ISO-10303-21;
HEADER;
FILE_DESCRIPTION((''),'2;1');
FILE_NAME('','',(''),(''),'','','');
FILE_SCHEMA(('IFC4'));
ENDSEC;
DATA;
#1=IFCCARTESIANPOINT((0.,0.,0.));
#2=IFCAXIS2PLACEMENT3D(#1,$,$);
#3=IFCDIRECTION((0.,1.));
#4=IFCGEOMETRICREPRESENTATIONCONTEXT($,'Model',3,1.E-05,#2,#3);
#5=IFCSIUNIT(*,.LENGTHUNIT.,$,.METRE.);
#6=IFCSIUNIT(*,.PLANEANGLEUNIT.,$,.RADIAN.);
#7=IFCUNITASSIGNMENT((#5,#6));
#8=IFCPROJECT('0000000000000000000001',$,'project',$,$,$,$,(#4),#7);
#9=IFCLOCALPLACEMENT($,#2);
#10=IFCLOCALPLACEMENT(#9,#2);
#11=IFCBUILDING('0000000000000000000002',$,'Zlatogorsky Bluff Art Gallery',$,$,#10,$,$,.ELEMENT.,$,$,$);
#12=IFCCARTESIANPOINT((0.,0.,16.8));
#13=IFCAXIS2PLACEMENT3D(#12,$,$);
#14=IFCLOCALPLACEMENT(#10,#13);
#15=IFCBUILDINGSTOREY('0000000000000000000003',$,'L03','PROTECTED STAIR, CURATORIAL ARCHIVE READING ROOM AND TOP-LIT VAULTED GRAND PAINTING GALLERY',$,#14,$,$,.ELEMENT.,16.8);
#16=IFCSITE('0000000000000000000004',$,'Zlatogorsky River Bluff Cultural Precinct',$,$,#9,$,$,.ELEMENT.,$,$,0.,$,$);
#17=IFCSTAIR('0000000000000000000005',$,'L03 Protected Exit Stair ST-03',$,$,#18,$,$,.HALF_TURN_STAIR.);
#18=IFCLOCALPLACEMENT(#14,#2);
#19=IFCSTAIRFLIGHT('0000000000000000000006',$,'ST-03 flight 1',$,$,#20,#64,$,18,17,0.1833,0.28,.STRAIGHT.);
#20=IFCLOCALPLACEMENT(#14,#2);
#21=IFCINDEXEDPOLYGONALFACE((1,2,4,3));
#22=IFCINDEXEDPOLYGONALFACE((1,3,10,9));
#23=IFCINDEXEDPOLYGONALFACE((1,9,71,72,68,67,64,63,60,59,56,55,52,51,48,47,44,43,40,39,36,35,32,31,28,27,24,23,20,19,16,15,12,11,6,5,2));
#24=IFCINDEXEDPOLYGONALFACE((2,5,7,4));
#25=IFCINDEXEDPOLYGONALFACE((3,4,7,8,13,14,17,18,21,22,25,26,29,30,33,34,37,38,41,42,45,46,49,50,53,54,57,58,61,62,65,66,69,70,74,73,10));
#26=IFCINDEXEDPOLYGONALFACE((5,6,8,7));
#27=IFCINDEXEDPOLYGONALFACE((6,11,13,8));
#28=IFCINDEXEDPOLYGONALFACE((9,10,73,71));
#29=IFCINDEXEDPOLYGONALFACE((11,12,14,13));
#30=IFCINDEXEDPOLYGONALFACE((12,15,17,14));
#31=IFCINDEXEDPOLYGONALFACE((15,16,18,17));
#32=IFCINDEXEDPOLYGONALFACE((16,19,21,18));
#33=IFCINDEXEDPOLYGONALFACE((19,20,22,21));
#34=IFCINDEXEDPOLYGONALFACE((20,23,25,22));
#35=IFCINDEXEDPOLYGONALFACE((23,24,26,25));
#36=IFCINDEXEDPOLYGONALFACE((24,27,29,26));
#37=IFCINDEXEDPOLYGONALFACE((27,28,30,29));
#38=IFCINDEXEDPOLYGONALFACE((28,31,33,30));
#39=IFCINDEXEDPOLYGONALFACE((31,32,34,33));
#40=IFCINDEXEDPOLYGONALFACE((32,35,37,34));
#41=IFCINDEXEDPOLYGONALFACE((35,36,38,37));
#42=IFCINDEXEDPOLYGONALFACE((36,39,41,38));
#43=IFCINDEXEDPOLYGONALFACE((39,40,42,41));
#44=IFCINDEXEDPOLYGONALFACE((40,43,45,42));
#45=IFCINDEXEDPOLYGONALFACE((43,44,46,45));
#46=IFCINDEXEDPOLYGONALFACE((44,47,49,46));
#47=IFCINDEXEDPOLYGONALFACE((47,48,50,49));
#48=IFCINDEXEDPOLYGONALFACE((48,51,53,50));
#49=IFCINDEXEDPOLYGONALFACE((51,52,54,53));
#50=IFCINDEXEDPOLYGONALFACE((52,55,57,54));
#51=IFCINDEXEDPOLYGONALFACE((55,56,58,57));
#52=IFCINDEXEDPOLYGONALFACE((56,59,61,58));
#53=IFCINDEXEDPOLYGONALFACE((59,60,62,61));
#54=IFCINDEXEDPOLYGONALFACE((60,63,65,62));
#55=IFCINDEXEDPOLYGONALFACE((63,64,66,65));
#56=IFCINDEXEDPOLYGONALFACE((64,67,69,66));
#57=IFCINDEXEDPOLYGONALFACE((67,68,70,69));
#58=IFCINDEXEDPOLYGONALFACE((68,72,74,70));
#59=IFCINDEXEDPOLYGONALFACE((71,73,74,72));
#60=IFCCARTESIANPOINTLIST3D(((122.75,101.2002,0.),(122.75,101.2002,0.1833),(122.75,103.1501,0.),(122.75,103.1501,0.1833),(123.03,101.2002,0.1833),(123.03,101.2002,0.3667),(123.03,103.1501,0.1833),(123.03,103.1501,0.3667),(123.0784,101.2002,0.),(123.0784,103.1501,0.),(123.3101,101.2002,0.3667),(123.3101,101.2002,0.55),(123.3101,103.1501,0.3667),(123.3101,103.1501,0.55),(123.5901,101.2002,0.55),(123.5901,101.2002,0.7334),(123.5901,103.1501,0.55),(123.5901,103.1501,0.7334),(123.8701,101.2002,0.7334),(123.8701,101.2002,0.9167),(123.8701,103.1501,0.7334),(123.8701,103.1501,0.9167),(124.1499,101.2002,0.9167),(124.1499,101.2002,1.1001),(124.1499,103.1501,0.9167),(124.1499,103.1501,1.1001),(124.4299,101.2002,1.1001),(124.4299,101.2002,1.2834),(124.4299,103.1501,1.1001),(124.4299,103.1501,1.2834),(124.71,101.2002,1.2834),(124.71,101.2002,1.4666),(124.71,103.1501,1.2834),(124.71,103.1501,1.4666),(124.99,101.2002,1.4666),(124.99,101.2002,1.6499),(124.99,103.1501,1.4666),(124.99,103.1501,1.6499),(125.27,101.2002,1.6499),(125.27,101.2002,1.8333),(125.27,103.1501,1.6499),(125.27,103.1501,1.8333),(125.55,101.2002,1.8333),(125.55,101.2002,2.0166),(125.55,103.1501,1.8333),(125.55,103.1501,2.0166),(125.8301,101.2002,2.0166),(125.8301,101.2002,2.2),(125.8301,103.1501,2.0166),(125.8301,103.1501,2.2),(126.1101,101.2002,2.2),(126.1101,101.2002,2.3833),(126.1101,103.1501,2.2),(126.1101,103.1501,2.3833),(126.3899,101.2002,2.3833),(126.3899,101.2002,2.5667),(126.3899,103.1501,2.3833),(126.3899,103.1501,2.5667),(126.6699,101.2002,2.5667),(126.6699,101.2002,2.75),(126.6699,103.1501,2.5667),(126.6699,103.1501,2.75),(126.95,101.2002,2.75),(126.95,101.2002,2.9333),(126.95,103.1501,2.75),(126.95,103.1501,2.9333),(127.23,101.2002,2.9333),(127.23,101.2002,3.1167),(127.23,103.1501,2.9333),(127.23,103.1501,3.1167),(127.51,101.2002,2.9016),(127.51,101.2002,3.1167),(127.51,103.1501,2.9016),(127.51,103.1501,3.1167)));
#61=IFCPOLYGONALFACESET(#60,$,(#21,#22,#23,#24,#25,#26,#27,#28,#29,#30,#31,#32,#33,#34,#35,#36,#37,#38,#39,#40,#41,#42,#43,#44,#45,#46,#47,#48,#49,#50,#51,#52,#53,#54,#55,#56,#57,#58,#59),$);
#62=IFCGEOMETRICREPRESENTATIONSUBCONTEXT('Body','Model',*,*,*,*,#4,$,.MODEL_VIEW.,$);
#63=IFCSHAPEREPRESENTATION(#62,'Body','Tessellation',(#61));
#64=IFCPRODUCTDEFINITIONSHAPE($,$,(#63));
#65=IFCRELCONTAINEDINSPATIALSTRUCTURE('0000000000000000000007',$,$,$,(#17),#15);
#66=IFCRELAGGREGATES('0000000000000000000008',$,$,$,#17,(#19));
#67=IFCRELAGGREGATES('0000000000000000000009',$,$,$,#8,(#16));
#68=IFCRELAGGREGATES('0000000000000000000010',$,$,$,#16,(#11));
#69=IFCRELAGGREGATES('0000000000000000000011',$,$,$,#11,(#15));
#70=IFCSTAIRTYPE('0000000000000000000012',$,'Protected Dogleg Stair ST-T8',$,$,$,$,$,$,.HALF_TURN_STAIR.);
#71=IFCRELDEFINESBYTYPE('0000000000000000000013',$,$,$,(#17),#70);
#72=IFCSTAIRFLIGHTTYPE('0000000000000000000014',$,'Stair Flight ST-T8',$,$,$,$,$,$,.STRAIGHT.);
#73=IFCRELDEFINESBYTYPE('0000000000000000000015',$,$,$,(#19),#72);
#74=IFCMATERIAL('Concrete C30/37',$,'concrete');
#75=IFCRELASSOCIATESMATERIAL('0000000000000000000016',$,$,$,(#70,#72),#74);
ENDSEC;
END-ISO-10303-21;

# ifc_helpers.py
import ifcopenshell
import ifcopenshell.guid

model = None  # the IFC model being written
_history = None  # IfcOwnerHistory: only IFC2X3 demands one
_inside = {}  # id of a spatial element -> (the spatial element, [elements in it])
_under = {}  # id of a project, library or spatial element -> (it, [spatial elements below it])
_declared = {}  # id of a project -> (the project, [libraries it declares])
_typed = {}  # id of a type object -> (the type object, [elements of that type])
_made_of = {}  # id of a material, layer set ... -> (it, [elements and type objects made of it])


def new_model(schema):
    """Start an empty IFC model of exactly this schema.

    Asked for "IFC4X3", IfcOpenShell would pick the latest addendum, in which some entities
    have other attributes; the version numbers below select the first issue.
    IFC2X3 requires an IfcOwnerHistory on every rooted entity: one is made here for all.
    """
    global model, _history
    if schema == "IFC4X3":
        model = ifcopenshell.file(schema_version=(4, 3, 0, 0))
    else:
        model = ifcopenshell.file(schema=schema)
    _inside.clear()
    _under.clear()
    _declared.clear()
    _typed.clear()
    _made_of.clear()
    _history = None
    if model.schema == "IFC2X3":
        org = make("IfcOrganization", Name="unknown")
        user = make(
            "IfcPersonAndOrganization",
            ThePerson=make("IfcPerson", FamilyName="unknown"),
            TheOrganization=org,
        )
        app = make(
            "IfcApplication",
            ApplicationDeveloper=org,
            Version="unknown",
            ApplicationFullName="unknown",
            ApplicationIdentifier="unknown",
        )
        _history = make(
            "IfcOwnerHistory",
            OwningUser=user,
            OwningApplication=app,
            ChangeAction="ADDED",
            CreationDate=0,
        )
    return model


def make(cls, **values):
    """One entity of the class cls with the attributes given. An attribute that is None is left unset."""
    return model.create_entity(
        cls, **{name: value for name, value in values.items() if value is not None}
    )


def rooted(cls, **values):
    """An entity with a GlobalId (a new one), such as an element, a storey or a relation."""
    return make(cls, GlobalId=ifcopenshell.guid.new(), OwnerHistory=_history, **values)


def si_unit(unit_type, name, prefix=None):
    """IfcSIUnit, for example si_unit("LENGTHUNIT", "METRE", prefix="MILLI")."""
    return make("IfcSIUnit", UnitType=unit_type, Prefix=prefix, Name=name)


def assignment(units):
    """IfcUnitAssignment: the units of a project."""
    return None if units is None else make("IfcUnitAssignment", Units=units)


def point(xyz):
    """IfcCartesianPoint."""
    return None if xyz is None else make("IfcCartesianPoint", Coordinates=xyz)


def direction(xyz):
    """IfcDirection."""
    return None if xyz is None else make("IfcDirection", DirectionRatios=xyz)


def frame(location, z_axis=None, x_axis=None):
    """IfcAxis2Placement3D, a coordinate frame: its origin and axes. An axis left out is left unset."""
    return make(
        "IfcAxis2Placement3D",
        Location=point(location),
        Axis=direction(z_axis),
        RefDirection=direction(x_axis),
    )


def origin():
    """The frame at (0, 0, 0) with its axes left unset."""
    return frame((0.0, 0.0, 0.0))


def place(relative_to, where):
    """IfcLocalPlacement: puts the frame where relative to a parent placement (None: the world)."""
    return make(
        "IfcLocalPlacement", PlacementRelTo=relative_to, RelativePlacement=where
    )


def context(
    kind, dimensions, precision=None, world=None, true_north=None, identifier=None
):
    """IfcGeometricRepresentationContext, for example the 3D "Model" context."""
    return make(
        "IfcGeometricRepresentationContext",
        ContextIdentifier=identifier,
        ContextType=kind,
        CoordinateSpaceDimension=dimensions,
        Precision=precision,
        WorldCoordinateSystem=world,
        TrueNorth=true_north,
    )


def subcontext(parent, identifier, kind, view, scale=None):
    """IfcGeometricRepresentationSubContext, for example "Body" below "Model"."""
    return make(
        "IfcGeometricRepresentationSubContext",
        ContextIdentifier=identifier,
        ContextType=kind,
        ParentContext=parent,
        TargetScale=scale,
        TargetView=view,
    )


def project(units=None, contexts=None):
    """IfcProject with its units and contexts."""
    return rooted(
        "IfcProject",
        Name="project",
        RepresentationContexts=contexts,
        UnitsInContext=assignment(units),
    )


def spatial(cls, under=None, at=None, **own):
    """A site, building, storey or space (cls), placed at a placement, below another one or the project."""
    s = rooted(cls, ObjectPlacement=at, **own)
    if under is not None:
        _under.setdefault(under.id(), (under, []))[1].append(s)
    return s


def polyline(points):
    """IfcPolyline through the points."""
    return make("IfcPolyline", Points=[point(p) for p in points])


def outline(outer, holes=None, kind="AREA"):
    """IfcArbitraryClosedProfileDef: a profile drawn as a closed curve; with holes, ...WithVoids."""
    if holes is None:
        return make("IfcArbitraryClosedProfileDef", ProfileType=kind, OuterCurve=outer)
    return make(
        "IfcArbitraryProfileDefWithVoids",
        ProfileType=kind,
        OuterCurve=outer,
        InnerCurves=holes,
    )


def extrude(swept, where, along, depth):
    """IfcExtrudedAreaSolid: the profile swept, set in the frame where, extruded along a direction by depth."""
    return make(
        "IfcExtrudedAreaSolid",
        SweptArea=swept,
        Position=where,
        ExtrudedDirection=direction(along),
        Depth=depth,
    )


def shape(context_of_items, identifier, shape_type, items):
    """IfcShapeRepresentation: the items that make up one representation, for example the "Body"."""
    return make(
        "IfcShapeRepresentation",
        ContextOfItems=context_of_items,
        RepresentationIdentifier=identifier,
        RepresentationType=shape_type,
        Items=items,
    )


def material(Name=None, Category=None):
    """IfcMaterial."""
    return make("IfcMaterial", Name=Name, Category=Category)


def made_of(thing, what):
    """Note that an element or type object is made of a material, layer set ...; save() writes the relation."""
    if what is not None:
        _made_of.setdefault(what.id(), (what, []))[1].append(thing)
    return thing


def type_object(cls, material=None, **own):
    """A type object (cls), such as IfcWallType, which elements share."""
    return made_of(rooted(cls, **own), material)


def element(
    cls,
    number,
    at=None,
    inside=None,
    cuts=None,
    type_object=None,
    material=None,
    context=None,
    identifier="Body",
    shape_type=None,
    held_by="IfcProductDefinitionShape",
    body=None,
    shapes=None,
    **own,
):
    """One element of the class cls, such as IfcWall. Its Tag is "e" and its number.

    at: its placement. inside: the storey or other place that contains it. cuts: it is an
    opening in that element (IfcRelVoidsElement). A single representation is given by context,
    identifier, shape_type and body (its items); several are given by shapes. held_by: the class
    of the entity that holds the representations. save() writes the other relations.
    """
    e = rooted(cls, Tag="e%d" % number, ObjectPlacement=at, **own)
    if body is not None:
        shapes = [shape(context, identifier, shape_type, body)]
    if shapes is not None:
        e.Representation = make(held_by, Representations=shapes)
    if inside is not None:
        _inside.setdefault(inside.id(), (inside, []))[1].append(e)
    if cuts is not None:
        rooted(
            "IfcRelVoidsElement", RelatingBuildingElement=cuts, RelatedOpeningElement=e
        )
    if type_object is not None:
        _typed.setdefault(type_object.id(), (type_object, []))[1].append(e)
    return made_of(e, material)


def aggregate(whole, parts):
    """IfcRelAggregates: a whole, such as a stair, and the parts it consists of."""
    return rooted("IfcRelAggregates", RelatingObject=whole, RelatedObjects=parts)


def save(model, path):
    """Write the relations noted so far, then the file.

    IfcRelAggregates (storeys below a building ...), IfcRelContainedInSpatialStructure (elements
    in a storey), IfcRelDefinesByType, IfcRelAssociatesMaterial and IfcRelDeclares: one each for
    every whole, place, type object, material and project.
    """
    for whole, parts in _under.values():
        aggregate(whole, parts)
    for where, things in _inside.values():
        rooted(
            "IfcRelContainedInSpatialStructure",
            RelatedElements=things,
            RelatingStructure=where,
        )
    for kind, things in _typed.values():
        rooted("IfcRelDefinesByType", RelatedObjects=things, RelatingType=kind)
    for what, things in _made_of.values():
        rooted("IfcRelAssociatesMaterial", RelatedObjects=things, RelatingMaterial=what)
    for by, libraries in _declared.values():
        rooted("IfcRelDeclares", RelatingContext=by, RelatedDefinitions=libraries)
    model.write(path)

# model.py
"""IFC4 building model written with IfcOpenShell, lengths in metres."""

from ifc_helpers import new_model, si_unit, direction, frame, origin, place, context, subcontext, project, spatial, polyline, outline, extrude, material, type_object, element, aggregate, save


model = new_model("IFC4")

# Units and contexts
model_context = context("Model", 3, precision=1e-05, world=origin(), true_north=direction((0.0, 1.0)))
body_context = subcontext(model_context, "Body", "Model", "MODEL_VIEW")
ifc_project = project(units=[si_unit("LENGTHUNIT", "METRE"), si_unit("PLANEANGLEUNIT", "RADIAN")], contexts=[model_context])

# Site, building, storey
site_placement = place(None, origin())
site = spatial("IfcSite", under=ifc_project, at=site_placement, Name="Zlatogorsky River Bluff Cultural Precinct", CompositionType="ELEMENT", RefElevation=0.0)
building_placement = place(site_placement, origin())
building = spatial("IfcBuilding", under=site, at=building_placement, Name="Zlatogorsky Bluff Art Gallery", CompositionType="ELEMENT")
storey_placement = place(building_placement, frame((0.0, 0.0, 16.8)))
storey = spatial("IfcBuildingStorey", under=building, at=storey_placement, Name="L03", Description="PROTECTED STAIR, CURATORIAL ARCHIVE READING ROOM AND TOP-LIT VAULTED GRAND PAINTING GALLERY", CompositionType="ELEMENT", Elevation=16.8)

# Shared definitions
ifc_material_1 = material(Name="Concrete C30/37", Category="concrete")

# Shared definitions
stair_type = type_object("IfcStairType", Name="Protected Dogleg Stair ST-T8", PredefinedType="HALF_TURN_STAIR", material=ifc_material_1)
stair_flight_type = type_object("IfcStairFlightType", Name="Stair Flight ST-T8", PredefinedType="STRAIGHT", material=ifc_material_1)

# Stair, stair flight
stair_1_placement = place(storey_placement, origin())
stair_1 = element("IfcStair", 1, at=stair_1_placement, inside=storey, type_object=stair_type, Name="L03 Protected Exit Stair ST-03", PredefinedType="HALF_TURN_STAIR")
stair_flight_1_placement = place(storey_placement, frame((122.75, 102.175, 0.0), z_axis=(0.0, 0.0, 1.0), x_axis=(1.0, 0.0, 0.0)))
stair_flight_1 = element("IfcStairFlight", 2, at=stair_flight_1_placement, type_object=stair_flight_type, Name="ST-03 flight 1", NumberOfRisers=18, NumberOfTreads=17, PredefinedType="STRAIGHT", RiserHeight=0.1833, TreadLength=0.28, context=body_context, shape_type="SweptSolid", body=[
    extrude(outline(polyline([(0.0, 0.0), (0.0, 0.1833), (0.28, 0.1833), (0.28, 0.3667), (0.5601, 0.3667), (0.5601, 0.55), (0.8401, 0.55), (0.8401, 0.7334), (1.1201, 0.7334), (1.1201, 0.9167), (1.3999, 0.9167), (1.3999, 1.1001), (1.6799, 1.1001), (1.6799, 1.2834), (1.96, 1.2834), (1.96, 1.4666), (2.24, 1.4666), (2.24, 1.6499), (2.52, 1.6499), (2.52, 1.8333), (2.8, 1.8333), (2.8, 2.0166), (3.0801, 2.0166), (3.0801, 2.2), (3.3601, 2.2), (3.3601, 2.3833), (3.6399, 2.3833), (3.6399, 2.5667), (3.9199, 2.5667), (3.9199, 2.75), (4.2, 2.75), (4.2, 2.9333), (4.48, 2.9333), (4.48, 3.1167), (4.76, 3.1167), (4.76, 3.3), (4.76, 2.9016), (0.3284, 0.0), (0.0, 0.0)])), frame((0.0, 0.9751, 0.0), z_axis=(0.0, -1.0, 0.0), x_axis=(1.0, 0.0, 0.0)), (0.0, 0.0, 1.0), 1.95),
])
aggregate(stair_1, [stair_flight_1])

save(model, "model.ifc")
